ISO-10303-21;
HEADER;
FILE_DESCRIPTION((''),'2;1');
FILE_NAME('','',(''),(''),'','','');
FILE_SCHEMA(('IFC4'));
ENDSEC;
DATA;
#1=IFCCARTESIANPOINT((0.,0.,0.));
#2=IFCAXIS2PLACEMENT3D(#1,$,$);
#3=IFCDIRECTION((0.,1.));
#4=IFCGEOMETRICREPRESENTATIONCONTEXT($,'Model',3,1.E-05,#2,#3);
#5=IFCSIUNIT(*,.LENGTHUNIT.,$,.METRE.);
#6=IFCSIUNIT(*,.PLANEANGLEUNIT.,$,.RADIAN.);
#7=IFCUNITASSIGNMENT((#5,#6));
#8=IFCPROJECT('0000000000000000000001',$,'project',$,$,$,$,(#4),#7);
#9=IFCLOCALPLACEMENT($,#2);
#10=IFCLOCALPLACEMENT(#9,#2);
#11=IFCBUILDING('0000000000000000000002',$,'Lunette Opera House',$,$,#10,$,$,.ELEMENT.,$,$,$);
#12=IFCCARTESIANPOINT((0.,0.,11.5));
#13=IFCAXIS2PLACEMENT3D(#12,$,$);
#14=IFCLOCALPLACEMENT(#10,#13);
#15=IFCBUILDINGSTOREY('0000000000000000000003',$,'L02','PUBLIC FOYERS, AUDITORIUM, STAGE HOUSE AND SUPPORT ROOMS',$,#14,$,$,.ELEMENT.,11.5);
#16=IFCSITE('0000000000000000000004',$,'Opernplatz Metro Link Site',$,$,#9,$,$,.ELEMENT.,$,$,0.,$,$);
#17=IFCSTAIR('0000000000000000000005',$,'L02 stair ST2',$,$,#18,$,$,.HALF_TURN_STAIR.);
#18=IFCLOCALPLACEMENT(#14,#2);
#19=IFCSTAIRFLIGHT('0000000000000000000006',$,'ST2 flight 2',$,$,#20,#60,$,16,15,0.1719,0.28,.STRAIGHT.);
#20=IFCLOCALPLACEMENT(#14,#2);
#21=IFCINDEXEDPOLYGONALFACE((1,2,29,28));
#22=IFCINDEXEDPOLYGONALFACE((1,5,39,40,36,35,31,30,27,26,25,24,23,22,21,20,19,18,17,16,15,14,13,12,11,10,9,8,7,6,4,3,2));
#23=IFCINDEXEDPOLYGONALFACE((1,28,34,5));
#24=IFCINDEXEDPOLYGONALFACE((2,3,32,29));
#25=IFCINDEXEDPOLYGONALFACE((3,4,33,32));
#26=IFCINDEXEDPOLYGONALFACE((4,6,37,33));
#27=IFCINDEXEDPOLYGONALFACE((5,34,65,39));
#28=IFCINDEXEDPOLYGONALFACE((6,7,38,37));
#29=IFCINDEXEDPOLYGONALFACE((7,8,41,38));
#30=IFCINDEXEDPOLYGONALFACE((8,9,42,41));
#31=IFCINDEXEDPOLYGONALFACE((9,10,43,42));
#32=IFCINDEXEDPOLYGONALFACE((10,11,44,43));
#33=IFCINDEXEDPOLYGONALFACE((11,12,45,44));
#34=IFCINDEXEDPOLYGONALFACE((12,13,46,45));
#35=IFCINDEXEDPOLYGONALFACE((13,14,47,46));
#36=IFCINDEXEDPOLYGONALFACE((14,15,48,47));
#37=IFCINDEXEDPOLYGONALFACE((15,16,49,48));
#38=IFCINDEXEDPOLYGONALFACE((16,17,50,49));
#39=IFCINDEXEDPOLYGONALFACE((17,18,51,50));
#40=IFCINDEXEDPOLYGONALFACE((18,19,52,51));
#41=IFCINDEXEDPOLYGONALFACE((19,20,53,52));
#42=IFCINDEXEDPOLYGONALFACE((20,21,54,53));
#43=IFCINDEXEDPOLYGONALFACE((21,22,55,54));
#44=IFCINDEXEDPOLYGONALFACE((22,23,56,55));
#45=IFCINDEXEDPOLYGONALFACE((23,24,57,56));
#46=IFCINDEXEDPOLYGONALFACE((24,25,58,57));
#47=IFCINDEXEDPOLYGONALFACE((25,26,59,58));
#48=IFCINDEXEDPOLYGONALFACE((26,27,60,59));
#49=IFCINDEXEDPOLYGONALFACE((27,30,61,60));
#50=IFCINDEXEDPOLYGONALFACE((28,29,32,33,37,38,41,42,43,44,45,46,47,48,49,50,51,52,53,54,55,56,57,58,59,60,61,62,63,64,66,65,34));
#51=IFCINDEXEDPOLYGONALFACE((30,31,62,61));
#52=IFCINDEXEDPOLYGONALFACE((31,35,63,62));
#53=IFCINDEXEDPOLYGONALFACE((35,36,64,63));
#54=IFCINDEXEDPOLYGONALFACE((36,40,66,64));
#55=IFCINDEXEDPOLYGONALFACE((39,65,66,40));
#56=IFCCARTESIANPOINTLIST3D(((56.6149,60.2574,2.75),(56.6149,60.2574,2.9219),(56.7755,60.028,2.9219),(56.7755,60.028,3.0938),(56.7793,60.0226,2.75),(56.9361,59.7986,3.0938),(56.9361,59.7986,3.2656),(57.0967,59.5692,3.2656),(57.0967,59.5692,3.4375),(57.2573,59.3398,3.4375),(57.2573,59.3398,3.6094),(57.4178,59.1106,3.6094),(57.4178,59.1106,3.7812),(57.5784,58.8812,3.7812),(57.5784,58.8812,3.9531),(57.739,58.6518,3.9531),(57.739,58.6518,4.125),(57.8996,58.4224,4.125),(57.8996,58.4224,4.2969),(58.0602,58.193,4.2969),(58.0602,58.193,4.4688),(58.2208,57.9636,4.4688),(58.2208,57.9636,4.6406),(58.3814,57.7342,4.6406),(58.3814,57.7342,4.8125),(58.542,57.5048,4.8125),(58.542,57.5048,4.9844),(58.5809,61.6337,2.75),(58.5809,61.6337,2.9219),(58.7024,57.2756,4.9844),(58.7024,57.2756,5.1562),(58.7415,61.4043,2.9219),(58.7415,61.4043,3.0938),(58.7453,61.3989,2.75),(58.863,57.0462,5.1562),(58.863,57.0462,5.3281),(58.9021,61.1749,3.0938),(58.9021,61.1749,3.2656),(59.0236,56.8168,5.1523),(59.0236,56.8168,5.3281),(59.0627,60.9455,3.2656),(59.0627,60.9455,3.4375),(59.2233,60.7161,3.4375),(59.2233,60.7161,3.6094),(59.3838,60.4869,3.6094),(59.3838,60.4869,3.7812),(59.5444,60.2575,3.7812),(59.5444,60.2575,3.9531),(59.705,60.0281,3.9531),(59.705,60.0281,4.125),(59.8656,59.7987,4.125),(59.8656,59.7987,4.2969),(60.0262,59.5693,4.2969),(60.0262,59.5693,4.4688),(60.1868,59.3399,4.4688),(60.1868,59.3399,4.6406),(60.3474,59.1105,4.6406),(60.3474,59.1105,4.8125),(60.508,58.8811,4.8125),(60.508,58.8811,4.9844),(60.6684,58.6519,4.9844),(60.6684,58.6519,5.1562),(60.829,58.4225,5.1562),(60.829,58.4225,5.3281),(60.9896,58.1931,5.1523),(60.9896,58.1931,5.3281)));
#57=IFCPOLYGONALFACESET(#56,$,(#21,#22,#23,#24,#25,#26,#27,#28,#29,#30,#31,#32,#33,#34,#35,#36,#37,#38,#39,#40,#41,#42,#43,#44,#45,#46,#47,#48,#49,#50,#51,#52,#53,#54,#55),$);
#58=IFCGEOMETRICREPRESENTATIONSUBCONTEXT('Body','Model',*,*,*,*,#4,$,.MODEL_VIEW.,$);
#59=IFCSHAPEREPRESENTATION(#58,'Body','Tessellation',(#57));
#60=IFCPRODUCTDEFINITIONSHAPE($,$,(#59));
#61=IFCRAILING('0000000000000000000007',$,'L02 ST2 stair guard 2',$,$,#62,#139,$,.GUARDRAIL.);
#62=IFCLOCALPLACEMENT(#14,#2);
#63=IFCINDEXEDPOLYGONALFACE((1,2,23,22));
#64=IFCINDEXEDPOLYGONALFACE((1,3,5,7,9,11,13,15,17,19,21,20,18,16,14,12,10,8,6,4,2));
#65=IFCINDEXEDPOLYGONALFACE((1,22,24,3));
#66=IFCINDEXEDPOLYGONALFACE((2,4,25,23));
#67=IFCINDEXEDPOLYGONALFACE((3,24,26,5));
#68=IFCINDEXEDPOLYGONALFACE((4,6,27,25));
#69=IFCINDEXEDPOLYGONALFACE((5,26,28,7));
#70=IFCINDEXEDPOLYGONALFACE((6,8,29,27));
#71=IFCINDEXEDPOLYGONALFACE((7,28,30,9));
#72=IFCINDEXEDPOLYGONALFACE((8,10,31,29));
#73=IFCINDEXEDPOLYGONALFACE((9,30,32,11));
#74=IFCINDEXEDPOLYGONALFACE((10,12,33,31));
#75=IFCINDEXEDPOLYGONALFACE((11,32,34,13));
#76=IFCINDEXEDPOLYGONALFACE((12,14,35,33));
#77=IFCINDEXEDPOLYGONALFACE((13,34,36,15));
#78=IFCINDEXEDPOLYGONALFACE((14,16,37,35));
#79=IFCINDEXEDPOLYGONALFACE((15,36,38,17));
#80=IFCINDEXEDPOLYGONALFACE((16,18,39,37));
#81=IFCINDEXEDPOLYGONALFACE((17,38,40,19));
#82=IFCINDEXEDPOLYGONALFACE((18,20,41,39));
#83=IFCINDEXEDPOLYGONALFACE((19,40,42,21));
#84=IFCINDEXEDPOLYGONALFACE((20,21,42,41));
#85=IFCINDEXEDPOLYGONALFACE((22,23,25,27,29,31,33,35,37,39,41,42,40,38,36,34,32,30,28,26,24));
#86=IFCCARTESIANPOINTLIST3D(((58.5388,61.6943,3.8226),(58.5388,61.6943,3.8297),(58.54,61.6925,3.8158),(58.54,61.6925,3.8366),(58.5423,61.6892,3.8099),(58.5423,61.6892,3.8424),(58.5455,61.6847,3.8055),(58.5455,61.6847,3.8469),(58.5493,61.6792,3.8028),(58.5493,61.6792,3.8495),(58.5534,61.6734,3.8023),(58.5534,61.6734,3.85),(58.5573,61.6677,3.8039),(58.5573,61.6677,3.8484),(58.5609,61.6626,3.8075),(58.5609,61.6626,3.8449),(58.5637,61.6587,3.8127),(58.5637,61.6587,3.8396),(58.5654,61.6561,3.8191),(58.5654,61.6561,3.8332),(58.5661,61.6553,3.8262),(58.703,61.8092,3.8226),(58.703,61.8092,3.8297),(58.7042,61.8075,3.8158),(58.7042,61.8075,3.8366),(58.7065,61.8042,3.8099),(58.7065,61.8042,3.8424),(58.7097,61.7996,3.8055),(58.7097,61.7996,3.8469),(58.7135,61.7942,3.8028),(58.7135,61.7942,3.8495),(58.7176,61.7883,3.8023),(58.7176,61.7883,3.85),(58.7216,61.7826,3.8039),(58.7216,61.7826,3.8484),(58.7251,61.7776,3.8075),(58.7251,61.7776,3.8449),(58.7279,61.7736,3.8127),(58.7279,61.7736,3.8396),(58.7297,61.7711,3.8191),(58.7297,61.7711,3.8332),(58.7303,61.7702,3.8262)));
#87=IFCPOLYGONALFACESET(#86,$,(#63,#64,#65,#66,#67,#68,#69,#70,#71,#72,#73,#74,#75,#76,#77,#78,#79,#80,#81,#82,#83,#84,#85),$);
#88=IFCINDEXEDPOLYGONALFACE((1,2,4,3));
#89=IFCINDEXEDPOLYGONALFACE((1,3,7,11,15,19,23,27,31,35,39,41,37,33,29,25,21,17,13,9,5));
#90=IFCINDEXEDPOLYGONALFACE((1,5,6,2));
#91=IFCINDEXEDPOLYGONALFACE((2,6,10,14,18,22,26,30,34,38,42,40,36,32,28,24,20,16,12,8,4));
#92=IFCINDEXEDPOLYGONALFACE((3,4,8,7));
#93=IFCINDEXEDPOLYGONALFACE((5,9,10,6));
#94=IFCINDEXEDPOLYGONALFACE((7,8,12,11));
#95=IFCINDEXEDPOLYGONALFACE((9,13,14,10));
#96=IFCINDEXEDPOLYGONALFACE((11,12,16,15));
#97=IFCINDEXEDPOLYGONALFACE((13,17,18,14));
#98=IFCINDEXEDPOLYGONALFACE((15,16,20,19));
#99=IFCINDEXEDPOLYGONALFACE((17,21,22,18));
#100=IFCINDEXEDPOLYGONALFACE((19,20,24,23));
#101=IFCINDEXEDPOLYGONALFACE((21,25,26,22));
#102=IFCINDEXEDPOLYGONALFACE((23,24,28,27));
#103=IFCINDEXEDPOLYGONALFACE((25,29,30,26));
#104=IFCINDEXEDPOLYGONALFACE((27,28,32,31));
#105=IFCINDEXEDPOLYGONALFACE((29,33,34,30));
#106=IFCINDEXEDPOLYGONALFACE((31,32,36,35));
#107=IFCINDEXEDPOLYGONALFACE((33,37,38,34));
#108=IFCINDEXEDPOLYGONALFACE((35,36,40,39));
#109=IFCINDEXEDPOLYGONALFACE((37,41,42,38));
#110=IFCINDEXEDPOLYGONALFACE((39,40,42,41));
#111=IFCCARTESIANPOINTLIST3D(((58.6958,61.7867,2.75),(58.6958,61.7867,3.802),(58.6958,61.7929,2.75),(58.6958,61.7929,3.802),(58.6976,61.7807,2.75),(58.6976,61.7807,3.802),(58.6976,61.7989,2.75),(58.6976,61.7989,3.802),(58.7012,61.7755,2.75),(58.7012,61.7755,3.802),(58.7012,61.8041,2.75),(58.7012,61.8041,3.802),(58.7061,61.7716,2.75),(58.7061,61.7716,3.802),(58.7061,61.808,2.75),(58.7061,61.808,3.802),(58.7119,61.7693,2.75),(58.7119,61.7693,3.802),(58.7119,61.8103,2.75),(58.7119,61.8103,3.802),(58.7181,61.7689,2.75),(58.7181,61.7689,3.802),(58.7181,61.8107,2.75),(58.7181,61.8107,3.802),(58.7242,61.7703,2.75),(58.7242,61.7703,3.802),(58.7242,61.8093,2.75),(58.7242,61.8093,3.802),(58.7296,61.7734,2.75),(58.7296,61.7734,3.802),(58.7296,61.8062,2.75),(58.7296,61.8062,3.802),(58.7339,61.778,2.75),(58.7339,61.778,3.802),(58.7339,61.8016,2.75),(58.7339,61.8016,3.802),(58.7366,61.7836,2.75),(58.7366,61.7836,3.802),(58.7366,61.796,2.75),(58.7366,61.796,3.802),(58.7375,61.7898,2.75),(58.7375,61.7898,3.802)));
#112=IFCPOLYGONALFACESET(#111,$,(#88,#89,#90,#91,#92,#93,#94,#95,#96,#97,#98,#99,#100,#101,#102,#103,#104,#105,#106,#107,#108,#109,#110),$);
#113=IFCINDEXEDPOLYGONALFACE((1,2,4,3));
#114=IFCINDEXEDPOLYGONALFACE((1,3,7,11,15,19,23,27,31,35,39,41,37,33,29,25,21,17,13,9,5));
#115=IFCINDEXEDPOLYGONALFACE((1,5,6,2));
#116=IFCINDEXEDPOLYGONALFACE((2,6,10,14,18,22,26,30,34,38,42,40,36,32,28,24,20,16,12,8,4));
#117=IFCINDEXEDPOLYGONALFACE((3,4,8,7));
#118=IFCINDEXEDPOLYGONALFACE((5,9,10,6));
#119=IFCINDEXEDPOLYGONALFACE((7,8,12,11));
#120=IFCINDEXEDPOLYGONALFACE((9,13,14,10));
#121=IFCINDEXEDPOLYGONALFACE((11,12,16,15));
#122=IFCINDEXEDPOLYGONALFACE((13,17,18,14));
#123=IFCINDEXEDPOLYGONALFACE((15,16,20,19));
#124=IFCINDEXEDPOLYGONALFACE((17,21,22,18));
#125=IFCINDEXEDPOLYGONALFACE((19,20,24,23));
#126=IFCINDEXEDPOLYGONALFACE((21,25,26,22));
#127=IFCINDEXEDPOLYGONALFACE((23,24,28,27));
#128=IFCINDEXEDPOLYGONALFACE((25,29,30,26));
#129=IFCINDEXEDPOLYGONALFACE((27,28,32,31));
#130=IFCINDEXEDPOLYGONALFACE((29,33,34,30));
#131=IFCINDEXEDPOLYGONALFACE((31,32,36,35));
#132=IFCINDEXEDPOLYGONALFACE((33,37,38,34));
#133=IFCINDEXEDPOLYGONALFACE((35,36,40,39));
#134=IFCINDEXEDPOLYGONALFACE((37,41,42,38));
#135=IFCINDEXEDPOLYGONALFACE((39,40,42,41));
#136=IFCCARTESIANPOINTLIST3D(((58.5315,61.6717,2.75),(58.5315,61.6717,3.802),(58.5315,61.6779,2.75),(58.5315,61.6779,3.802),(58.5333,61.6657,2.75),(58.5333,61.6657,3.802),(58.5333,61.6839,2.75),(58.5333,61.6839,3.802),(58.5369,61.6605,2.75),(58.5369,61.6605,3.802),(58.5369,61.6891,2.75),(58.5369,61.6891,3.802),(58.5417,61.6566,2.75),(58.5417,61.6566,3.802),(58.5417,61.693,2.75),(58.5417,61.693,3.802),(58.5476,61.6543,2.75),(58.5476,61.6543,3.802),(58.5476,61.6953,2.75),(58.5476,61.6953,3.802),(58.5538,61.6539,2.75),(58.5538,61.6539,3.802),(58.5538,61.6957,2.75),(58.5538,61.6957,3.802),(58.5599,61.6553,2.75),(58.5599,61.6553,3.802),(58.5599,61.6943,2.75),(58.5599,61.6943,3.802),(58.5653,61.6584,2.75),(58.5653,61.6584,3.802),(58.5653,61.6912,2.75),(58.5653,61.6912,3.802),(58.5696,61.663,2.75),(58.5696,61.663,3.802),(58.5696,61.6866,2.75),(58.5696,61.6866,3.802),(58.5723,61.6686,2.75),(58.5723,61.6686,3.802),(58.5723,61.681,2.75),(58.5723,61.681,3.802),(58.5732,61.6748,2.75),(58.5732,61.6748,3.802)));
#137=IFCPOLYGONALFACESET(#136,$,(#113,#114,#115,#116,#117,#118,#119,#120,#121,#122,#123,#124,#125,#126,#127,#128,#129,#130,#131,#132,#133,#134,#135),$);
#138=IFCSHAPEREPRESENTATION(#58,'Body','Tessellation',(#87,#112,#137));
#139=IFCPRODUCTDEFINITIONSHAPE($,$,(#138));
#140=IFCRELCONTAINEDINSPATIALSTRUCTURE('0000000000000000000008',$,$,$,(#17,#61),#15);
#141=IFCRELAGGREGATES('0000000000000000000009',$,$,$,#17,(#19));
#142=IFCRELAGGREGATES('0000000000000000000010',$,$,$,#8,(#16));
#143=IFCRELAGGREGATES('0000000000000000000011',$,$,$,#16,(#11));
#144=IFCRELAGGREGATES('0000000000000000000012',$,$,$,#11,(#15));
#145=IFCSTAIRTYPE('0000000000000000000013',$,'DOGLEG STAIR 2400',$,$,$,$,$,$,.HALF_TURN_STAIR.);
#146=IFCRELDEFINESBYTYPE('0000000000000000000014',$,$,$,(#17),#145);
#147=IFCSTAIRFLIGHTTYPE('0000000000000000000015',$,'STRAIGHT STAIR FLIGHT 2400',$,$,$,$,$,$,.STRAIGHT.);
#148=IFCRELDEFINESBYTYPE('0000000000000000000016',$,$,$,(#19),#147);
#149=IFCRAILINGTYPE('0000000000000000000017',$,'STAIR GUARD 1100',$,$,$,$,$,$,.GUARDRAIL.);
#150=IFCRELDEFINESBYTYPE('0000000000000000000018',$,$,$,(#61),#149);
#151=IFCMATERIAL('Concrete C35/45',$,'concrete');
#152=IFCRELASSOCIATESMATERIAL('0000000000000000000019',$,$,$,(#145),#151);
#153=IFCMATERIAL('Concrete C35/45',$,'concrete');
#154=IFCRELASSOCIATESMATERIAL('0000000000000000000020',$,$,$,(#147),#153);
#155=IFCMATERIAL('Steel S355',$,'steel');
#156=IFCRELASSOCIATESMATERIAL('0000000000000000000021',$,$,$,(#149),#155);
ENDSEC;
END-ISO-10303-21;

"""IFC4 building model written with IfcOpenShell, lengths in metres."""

from ifc_helpers import new_model, si_unit, direction, frame, origin, origin_2d, place, context, subcontext, project, spatial, polyline, circle, outline, extrude, material, type_object, element, aggregate, save


model = new_model("IFC4")

# Units and contexts
model_context = context("Model", 3, precision=1e-05, world=origin(), true_north=direction((0.0, 1.0)))
body_context = subcontext(model_context, "Body", "Model", "MODEL_VIEW")
ifc_project = project(units=[si_unit("LENGTHUNIT", "METRE"), si_unit("PLANEANGLEUNIT", "RADIAN")], contexts=[model_context])

# Site, building, storey
site_placement = place(None, origin())
site = spatial("IfcSite", under=ifc_project, at=site_placement, Name="Opernplatz Metro Link Site", CompositionType="ELEMENT", RefElevation=0.0)
building_placement = place(site_placement, origin())
building = spatial("IfcBuilding", under=site, at=building_placement, Name="Lunette Opera House", CompositionType="ELEMENT")
storey_placement = place(building_placement, frame((0.0, 0.0, 11.5)))
storey = spatial("IfcBuildingStorey", under=building, at=storey_placement, Name="L02", Description="PUBLIC FOYERS, AUDITORIUM, STAGE HOUSE AND SUPPORT ROOMS", CompositionType="ELEMENT", Elevation=11.5)

# Stair, stair flight
ifc_material_1 = material(Name="Concrete C35/45", Category="concrete")
stair_type = type_object("IfcStairType", Name="DOGLEG STAIR 2400", PredefinedType="HALF_TURN_STAIR", material=ifc_material_1)
stair_placement = place(storey_placement, origin())
stair = element("IfcStair", 1, at=stair_placement, inside=storey, type_object=stair_type, Name="L02 stair ST2", PredefinedType="HALF_TURN_STAIR")
ifc_material_2 = material(Name="Concrete C35/45", Category="concrete")
stair_flight_type = type_object("IfcStairFlightType", Name="STRAIGHT STAIR FLIGHT 2400", PredefinedType="STRAIGHT", material=ifc_material_2)
stair_flight_1_placement = place(storey_placement, frame((57.5979, 60.9456, 2.75), z_axis=(0.0, 0.0, 1.0), x_axis=(0.57351, -0.819198, 0.0)))
stair_flight_1 = element("IfcStairFlight", 2, at=stair_flight_1_placement, type_object=stair_flight_type, Name="ST2 flight 2", NumberOfRisers=16, NumberOfTreads=15, PredefinedType="STRAIGHT", RiserHeight=0.1719, TreadLength=0.28, context=body_context, shape_type="SweptSolid", body=[
    extrude(outline(polyline([(0.0, 0.0), (0.0, 0.1719), (0.28, 0.1719), (0.28, 0.3438), (0.5601, 0.3438), (0.5601, 0.5156), (0.8401, 0.5156), (0.8401, 0.6875), (1.1201, 0.6875), (1.1201, 0.8594), (1.3999, 0.8594), (1.3999, 1.0312), (1.6799, 1.0312), (1.6799, 1.2031), (1.96, 1.2031), (1.96, 1.375), (2.24, 1.375), (2.24, 1.5469), (2.52, 1.5469), (2.52, 1.7188), (2.8, 1.7188), (2.8, 1.8906), (3.0801, 1.8906), (3.0801, 2.0625), (3.3601, 2.0625), (3.3601, 2.2344), (3.6399, 2.2344), (3.6399, 2.4062), (3.9199, 2.4062), (3.9199, 2.5781), (4.2, 2.5781), (4.2, 2.75), (4.2, 2.4023), (0.2866, 0.0), (0.0, 0.0)])), frame((0.0, 1.2, 0.0), z_axis=(0.0, -1.0, 0.0), x_axis=(1.0, 0.0, 0.0)), (0.0, 0.0, 1.0), 2.3999),
])
aggregate(stair, [stair_flight_1])

# Railing
ifc_material_3 = material(Name="Steel S355", Category="steel")
railing_type_1 = type_object("IfcRailingType", Name="STAIR GUARD 1100", PredefinedType="GUARDRAIL", material=ifc_material_3)
railing_1_placement = place(storey_placement, frame((58.7166, 61.7898, 2.75)))
element("IfcRailing", 3, at=railing_1_placement, inside=storey, type_object=railing_type_1, Name="L02 ST2 stair guard 2", PredefinedType="GUARDRAIL", context=body_context, shape_type="SweptSolid", body=[
    extrude(circle(Radius=0.0239, at=origin_2d()), frame((0.0, 0.0, 1.0762), z_axis=(-0.819289, -0.573381, 0.0), x_axis=(0.573381, -0.819289, 0.0)), (0.0, 0.0, 1.0), 0.2004),
    extrude(circle(Radius=0.021, at=origin_2d()), origin(), (0.0, 0.0, 1.0), 1.052),
    extrude(circle(Radius=0.021, at=origin_2d()), frame((-0.1643, -0.115, 0.0)), (0.0, 0.0, 1.0), 1.052),
])

save(model, "model.ifc")
